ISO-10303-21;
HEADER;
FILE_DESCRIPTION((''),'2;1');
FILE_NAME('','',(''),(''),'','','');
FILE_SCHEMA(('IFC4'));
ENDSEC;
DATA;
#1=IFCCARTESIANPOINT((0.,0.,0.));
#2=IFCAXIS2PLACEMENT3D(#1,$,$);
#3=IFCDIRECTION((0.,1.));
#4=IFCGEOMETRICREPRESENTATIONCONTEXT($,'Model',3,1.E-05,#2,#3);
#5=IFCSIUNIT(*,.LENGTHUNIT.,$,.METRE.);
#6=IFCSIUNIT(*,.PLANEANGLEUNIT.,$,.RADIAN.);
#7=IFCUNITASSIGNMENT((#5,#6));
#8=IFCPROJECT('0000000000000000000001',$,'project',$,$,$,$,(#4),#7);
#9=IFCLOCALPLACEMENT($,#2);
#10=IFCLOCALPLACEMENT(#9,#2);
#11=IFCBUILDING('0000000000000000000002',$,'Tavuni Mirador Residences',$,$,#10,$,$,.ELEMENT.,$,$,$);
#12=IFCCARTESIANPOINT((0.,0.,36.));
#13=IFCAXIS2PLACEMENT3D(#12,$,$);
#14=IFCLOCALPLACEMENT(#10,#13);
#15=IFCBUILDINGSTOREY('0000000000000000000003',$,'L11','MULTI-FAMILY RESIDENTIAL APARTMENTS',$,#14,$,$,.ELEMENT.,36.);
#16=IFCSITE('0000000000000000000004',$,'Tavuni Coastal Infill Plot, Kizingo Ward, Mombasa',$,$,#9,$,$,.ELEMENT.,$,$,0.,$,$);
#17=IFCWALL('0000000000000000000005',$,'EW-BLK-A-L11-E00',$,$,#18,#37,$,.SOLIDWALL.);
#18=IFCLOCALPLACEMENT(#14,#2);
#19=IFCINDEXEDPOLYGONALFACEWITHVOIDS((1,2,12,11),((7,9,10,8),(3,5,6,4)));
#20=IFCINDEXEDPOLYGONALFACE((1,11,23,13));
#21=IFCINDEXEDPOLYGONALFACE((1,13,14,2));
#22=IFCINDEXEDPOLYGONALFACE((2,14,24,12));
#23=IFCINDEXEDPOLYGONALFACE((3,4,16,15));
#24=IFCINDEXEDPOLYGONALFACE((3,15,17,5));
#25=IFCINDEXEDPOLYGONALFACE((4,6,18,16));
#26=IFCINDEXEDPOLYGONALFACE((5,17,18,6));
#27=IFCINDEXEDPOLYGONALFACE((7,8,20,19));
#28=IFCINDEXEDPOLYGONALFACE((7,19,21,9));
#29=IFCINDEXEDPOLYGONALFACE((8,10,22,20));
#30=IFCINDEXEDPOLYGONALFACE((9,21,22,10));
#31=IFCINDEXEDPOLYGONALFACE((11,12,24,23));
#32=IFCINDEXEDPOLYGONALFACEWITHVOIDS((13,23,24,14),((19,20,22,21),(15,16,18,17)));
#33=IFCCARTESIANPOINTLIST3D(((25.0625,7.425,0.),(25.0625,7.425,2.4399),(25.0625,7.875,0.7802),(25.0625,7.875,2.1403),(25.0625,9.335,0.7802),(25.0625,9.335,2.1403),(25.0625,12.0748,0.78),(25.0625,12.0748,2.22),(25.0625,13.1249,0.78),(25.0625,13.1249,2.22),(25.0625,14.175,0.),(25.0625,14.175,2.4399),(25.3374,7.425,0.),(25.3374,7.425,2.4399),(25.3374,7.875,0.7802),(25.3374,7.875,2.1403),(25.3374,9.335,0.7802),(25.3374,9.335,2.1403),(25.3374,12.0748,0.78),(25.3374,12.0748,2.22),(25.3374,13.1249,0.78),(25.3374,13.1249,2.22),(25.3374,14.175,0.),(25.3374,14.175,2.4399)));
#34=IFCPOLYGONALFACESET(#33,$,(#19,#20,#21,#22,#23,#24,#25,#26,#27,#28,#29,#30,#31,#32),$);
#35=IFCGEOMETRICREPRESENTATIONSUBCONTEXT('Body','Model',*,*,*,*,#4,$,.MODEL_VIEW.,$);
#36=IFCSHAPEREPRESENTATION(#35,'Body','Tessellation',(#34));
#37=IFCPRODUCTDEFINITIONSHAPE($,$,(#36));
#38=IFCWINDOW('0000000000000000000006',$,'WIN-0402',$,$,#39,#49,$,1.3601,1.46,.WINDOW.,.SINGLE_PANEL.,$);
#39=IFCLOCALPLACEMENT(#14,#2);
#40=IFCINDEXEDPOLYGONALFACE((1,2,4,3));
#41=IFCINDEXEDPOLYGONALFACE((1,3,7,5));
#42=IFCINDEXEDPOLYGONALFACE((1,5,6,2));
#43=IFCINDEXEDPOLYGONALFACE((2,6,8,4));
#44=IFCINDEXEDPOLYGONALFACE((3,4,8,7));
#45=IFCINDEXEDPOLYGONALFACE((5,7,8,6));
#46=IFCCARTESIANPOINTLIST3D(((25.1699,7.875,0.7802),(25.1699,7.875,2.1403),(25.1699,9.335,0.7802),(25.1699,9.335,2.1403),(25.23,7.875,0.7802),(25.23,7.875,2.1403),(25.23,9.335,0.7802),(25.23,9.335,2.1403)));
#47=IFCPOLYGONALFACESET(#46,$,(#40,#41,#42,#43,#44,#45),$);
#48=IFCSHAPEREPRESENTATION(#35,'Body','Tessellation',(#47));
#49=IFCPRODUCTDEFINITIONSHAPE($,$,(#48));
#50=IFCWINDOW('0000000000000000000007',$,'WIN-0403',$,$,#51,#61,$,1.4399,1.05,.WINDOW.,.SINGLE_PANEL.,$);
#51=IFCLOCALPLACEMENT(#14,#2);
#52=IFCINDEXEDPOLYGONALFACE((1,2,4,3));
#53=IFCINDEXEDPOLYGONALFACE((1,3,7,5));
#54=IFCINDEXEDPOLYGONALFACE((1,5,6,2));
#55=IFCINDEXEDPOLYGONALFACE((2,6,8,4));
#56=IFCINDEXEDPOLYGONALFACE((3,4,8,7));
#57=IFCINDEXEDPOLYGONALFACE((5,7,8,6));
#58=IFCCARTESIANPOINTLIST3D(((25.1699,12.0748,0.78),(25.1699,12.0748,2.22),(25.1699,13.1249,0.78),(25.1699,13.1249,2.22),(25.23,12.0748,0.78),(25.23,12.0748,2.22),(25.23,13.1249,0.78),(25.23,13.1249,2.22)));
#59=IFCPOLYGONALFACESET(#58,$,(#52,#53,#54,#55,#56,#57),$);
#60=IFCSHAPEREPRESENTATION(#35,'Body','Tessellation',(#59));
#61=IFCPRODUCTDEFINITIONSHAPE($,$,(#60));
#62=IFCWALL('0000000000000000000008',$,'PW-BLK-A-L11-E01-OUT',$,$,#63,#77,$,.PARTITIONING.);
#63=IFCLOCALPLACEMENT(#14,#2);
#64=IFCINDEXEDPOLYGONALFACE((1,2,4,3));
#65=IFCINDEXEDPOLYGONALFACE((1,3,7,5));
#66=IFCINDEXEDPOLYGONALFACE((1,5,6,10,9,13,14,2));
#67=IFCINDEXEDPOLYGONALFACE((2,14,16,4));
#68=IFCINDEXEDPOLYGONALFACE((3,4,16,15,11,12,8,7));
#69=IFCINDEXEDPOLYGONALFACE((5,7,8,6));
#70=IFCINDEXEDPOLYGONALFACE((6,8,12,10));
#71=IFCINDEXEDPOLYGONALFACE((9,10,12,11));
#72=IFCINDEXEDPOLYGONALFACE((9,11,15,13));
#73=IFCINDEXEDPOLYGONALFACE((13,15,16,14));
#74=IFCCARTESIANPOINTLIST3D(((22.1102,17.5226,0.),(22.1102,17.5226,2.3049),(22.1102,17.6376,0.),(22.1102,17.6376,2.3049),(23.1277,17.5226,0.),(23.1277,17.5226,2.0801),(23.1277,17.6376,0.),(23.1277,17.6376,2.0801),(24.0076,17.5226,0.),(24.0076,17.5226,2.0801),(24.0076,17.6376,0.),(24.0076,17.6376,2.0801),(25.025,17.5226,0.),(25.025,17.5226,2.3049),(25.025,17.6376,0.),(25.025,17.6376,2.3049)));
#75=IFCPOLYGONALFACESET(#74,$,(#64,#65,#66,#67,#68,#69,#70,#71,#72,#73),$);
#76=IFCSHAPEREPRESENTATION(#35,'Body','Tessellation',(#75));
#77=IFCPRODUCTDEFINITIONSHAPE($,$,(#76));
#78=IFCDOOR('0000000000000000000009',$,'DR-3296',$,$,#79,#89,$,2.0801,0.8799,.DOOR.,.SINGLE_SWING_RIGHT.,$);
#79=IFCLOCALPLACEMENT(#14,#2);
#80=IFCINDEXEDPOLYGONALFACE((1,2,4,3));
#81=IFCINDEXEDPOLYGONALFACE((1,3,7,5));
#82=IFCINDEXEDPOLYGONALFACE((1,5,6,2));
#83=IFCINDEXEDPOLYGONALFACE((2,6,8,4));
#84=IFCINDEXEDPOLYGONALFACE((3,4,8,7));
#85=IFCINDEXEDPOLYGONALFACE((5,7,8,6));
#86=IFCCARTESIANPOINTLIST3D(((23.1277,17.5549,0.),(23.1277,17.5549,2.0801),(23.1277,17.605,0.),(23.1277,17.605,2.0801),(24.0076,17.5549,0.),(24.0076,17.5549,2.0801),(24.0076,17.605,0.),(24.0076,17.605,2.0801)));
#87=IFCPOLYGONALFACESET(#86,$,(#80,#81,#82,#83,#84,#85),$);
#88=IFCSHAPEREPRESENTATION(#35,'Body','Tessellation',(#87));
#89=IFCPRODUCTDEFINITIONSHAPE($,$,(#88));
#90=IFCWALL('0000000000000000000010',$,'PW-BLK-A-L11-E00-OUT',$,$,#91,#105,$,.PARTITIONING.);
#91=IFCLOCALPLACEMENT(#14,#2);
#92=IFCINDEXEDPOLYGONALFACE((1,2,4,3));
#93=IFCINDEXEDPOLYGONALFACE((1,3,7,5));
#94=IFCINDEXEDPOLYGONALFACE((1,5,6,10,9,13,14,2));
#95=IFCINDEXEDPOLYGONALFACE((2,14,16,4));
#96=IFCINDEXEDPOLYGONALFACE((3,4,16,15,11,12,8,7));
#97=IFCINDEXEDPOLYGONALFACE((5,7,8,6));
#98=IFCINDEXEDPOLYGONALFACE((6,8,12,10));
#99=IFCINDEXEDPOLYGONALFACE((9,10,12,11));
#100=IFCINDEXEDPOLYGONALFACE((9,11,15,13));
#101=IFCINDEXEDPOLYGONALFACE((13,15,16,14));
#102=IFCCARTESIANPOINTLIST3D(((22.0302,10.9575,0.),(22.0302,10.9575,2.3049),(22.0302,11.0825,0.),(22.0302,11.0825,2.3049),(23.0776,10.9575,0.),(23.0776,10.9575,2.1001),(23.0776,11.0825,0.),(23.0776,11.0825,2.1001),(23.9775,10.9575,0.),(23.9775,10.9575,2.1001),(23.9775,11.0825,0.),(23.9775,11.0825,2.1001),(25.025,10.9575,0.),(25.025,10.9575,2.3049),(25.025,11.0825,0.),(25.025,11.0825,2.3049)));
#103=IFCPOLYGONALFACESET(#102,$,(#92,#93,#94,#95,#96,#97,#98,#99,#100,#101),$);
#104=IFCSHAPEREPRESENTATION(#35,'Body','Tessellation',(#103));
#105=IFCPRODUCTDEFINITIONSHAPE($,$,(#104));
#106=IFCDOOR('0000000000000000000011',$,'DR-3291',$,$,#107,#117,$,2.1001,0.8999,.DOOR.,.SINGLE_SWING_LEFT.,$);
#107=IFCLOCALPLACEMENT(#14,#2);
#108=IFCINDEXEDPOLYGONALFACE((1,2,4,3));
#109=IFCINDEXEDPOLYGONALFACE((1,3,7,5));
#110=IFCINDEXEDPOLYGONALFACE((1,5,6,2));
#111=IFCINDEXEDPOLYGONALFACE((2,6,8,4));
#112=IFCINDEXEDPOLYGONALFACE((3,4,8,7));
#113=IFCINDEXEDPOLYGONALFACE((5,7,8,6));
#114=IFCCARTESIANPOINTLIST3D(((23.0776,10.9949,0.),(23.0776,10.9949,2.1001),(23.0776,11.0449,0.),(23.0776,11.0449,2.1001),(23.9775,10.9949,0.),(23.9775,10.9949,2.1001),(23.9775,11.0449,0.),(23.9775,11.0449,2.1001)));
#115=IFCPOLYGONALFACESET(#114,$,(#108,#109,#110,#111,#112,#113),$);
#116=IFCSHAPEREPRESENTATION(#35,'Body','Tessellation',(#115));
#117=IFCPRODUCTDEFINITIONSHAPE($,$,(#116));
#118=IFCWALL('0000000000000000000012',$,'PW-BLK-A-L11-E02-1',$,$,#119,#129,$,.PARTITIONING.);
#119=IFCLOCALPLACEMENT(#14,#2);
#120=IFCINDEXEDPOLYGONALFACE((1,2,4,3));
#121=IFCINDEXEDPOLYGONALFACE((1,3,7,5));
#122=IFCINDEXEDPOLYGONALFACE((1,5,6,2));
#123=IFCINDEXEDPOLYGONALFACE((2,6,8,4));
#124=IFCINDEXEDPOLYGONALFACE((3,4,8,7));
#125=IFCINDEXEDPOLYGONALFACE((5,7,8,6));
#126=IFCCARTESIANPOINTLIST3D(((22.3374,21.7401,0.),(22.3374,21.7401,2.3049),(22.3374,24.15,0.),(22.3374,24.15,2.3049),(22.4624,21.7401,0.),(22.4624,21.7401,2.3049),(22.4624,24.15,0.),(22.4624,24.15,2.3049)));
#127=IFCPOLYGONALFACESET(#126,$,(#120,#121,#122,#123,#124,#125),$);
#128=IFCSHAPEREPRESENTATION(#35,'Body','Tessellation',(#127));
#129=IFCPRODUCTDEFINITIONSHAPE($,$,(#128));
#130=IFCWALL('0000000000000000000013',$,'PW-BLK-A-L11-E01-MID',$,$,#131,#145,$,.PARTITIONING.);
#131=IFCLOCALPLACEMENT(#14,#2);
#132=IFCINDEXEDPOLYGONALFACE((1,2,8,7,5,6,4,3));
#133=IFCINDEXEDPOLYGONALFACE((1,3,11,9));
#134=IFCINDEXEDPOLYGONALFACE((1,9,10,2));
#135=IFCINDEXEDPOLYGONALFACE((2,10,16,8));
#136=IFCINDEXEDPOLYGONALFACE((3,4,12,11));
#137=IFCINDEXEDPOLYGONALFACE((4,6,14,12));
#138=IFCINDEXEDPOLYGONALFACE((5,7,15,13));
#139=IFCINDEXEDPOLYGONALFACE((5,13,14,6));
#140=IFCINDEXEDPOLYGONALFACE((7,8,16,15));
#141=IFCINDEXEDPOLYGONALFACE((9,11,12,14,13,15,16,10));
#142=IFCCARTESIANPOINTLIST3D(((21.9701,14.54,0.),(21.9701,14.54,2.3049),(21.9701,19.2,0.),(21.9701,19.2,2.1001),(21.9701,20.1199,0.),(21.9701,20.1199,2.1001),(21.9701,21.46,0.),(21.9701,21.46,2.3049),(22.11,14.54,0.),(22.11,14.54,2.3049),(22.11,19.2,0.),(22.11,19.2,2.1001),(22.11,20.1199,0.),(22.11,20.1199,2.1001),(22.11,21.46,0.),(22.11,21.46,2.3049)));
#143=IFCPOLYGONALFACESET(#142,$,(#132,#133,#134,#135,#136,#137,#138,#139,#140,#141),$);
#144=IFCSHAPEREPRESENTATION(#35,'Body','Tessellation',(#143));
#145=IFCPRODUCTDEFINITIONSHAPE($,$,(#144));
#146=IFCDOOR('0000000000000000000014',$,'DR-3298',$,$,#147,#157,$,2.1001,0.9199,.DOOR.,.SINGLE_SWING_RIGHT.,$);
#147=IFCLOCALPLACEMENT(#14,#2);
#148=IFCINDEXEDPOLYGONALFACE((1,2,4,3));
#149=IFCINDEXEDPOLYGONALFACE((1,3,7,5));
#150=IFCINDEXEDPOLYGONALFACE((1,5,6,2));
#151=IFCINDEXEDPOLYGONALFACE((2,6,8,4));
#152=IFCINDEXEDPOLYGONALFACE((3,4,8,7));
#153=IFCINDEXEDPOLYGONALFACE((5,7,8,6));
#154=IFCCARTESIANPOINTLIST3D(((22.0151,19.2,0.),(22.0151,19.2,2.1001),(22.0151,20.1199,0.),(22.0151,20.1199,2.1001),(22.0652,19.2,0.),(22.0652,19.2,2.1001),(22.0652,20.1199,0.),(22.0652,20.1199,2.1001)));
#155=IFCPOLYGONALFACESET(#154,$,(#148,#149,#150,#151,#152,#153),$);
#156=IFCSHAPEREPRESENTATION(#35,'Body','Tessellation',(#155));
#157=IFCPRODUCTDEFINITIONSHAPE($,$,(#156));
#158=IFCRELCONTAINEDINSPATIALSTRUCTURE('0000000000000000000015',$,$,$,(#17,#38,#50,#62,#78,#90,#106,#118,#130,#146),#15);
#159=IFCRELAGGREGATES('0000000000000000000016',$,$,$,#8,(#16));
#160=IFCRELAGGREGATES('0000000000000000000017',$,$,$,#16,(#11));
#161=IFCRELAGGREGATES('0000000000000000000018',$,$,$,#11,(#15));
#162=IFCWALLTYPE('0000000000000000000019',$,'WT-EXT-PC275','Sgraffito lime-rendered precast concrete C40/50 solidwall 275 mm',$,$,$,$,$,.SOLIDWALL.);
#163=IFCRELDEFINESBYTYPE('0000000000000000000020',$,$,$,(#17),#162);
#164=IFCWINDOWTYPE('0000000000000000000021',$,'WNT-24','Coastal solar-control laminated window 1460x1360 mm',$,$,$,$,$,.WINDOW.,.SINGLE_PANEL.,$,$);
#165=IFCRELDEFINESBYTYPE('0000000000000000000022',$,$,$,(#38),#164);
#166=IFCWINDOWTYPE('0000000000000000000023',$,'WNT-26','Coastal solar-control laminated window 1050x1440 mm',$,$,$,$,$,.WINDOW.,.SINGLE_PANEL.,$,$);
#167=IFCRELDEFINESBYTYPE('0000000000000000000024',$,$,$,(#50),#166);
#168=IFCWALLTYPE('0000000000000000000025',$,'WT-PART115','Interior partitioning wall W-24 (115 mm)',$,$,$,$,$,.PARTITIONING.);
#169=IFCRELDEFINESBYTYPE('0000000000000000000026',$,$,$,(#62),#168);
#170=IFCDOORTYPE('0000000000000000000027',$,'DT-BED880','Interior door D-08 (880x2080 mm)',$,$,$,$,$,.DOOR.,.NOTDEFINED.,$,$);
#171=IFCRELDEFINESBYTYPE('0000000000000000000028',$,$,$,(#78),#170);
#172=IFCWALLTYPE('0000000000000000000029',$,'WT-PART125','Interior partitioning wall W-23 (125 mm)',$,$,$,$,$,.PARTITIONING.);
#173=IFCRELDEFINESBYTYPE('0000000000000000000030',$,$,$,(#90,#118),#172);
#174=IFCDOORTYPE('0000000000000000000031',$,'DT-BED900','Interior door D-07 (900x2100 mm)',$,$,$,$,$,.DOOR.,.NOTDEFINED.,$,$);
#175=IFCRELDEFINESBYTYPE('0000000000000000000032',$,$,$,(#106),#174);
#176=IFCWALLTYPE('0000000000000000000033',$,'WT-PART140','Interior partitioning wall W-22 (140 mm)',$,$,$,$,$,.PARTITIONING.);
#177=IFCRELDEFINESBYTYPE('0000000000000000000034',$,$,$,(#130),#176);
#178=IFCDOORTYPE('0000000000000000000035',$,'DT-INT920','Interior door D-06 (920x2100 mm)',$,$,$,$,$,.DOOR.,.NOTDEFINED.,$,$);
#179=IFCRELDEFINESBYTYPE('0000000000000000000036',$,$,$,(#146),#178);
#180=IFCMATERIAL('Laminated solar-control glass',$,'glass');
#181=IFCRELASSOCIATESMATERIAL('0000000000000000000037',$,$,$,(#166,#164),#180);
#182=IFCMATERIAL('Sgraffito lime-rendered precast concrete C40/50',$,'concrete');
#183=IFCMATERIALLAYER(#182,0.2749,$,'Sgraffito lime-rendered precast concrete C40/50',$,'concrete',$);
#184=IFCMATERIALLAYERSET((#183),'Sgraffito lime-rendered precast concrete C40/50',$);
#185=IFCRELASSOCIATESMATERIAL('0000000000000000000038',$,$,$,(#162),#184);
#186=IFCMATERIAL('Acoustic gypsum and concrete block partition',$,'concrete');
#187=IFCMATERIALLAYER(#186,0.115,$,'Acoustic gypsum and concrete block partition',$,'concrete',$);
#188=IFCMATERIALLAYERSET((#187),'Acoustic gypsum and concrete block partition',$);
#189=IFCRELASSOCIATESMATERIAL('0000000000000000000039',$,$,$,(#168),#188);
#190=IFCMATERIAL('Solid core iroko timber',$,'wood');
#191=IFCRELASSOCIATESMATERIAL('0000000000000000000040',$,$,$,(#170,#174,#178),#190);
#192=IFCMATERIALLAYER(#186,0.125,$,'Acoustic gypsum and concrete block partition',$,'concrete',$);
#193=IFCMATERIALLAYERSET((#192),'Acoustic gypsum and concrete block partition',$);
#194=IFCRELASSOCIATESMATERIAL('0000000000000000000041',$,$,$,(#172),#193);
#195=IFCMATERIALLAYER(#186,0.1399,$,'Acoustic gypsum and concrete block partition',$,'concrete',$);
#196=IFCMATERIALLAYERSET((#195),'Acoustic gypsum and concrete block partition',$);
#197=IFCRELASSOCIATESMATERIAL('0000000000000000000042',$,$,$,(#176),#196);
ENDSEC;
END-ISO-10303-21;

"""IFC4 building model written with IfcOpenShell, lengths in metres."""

from ifc_helpers import new_model, si_unit, direction, frame, frame_2d, origin, place, context, subcontext, project, spatial, rectangle, extrude, material, layer, layer_set, type_object, element, fill, save


model = new_model("IFC4")

# Units and contexts
model_context = context("Model", 3, precision=1e-05, world=origin(), true_north=direction((0.0, 1.0)))
body_context = subcontext(model_context, "Body", "Model", "MODEL_VIEW")
ifc_project = project(units=[si_unit("LENGTHUNIT", "METRE"), si_unit("PLANEANGLEUNIT", "RADIAN")], contexts=[model_context])

# Site, building, storey
site_placement = place(None, origin())
site = spatial("IfcSite", under=ifc_project, at=site_placement, Name="Tavuni Coastal Infill Plot, Kizingo Ward, Mombasa", CompositionType="ELEMENT", RefElevation=0.0)
building_placement = place(site_placement, origin())
building = spatial("IfcBuilding", under=site, at=building_placement, Name="Tavuni Mirador Residences", CompositionType="ELEMENT")
storey_placement = place(building_placement, frame((0.0, 0.0, 36.0)))
storey = spatial("IfcBuildingStorey", under=building, at=storey_placement, Name="L11", Description="MULTI-FAMILY RESIDENTIAL APARTMENTS", CompositionType="ELEMENT", Elevation=36.0)

# Shared definitions
ifc_material_1 = material(Name="Sgraffito lime-rendered precast concrete C40/50", Category="concrete")
ifc_material_2 = material(Name="Laminated solar-control glass", Category="glass")

# Wall, openings, windows
window_type_1 = type_object("IfcWindowType", Name="WNT-26", Description="Coastal solar-control laminated window 1050x1440 mm", PartitioningType="SINGLE_PANEL", PredefinedType="WINDOW", material=ifc_material_2)
ifc_layer_1 = layer(ifc_material_1, 0.2749, Name="Sgraffito lime-rendered precast concrete C40/50", Category="concrete")
ifc_layer_set_1 = layer_set([ifc_layer_1], Name="Sgraffito lime-rendered precast concrete C40/50")
wall_type_1 = type_object("IfcWallType", Name="WT-EXT-PC275", Description="Sgraffito lime-rendered precast concrete C40/50 solidwall 275 mm", PredefinedType="SOLIDWALL", material=ifc_layer_set_1)
wall_1_placement = place(storey_placement, frame((25.2, 7.425, 0.0), z_axis=(0.0, 0.0, 1.0), x_axis=(0.0, 1.0, 0.0)))
wall_1 = element("IfcWall", 1, at=wall_1_placement, inside=storey, type_object=wall_type_1, Name="EW-BLK-A-L11-E00", PredefinedType="SOLIDWALL", context=body_context, shape_type="SweptSolid", body=[
    extrude(rectangle(XDim=6.75, YDim=0.2749, at=frame_2d((3.375, 0.0))), origin(), (0.0, 0.0, 1.0), 2.4399),
])
opening_1_placement = place(wall_1_placement, frame((0.45, 0.0, 0.78)))
opening_1 = element("IfcOpeningElement", 2, at=opening_1_placement, cuts=wall_1, PredefinedType="OPENING", context=body_context, shape_type="SweptSolid", body=[
    extrude(rectangle(XDim=1.46, YDim=1.3601, at=frame_2d((0.73, 0.6802))), frame((0.0, 0.1475, 0.0), z_axis=(0.0, -1.0, 0.0), x_axis=(1.0, 0.0, 0.0)), (0.0, 0.0, 1.0), 0.2949),
])
opening_2_placement = place(wall_1_placement, frame((4.6499, 0.0, 0.78)))
opening_2 = element("IfcOpeningElement", 3, at=opening_2_placement, cuts=wall_1, PredefinedType="OPENING", context=body_context, shape_type="SweptSolid", body=[
    extrude(rectangle(XDim=1.05, YDim=1.4399, at=frame_2d((0.5249, 0.72))), frame((0.0, 0.1475, 0.0), z_axis=(0.0, -1.0, 0.0), x_axis=(1.0, 0.0, 0.0)), (0.0, 0.0, 1.0), 0.2949),
])
window_type_2 = type_object("IfcWindowType", Name="WNT-24", Description="Coastal solar-control laminated window 1460x1360 mm", PartitioningType="SINGLE_PANEL", PredefinedType="WINDOW", material=ifc_material_2)
window_1_placement = place(opening_1_placement, origin())
window_1 = element("IfcWindow", 4, at=window_1_placement, inside=storey, type_object=window_type_2, Name="WIN-0402", OverallHeight=1.3601, OverallWidth=1.46, PartitioningType="SINGLE_PANEL", PredefinedType="WINDOW", context=body_context, shape_type="SweptSolid", body=[
    extrude(rectangle(XDim=1.46, YDim=1.3601, at=frame_2d((0.73, 0.6802))), frame((0.0, 0.03, 0.0), z_axis=(0.0, -1.0, 0.0), x_axis=(1.0, 0.0, 0.0)), (0.0, 0.0, 1.0), 0.0601),
])
fill(opening_1, window_1)
window_2_placement = place(opening_2_placement, origin())
window_2 = element("IfcWindow", 5, at=window_2_placement, inside=storey, type_object=window_type_1, Name="WIN-0403", OverallHeight=1.4399, OverallWidth=1.05, PartitioningType="SINGLE_PANEL", PredefinedType="WINDOW", context=body_context, shape_type="SweptSolid", body=[
    extrude(rectangle(XDim=1.05, YDim=1.4399, at=frame_2d((0.5249, 0.72))), frame((0.0, 0.03, 0.0), z_axis=(0.0, -1.0, 0.0), x_axis=(1.0, 0.0, 0.0)), (0.0, 0.0, 1.0), 0.0601),
])
fill(opening_2, window_2)

# Walls, openings, doors
ifc_material_3 = material(Name="Acoustic gypsum and concrete block partition", Category="concrete")
ifc_layer_2 = layer(ifc_material_3, 0.115, Name="Acoustic gypsum and concrete block partition", Category="concrete")
ifc_layer_set_2 = layer_set([ifc_layer_2], Name="Acoustic gypsum and concrete block partition")
wall_type_2 = type_object("IfcWallType", Name="WT-PART115", Description="Interior partitioning wall W-24 (115 mm)", PredefinedType="PARTITIONING", material=ifc_layer_set_2)
wall_2_placement = place(storey_placement, frame((22.1101, 17.5801, 0.0), z_axis=(0.0, 0.0, 1.0), x_axis=(1.0, 0.0, 0.0)))
wall_2 = element("IfcWall", 6, at=wall_2_placement, inside=storey, type_object=wall_type_2, Name="PW-BLK-A-L11-E01-OUT", PredefinedType="PARTITIONING", context=body_context, shape_type="SweptSolid", body=[
    extrude(rectangle(XDim=2.9148, YDim=0.115, at=frame_2d((1.4575, 0.0))), origin(), (0.0, 0.0, 1.0), 2.3049),
])
opening_3_placement = place(wall_2_placement, frame((1.0176, 0.0, 0.0)))
opening_3 = element("IfcOpeningElement", 7, at=opening_3_placement, cuts=wall_2, PredefinedType="OPENING", context=body_context, shape_type="SweptSolid", body=[
    extrude(rectangle(XDim=0.8799, YDim=2.0801, at=frame_2d((0.4399, 1.04))), frame((0.0, 0.0674, 0.0), z_axis=(0.0, -1.0, 0.0), x_axis=(1.0, 0.0, 0.0)), (0.0, 0.0, 1.0), 0.135),
])
ifc_material_4 = material(Name="Solid core iroko timber", Category="wood")
door_type_1 = type_object("IfcDoorType", Name="DT-BED880", Description="Interior door D-08 (880x2080 mm)", OperationType="NOTDEFINED", PredefinedType="DOOR", material=ifc_material_4)
door_1_placement = place(opening_3_placement, origin())
door_1 = element("IfcDoor", 8, at=door_1_placement, inside=storey, type_object=door_type_1, Name="DR-3296", OperationType="SINGLE_SWING_RIGHT", OverallHeight=2.0801, OverallWidth=0.8799, PredefinedType="DOOR", context=body_context, shape_type="SweptSolid", body=[
    extrude(rectangle(XDim=0.8799, YDim=2.0801, at=frame_2d((0.4399, 1.04))), frame((0.0, 0.0249, 0.0), z_axis=(0.0, -1.0, 0.0), x_axis=(1.0, 0.0, 0.0)), (0.0, 0.0, 1.0), 0.05),
])
fill(opening_3, door_1)
ifc_layer_3 = layer(ifc_material_3, 0.125, Name="Acoustic gypsum and concrete block partition", Category="concrete")
ifc_layer_set_3 = layer_set([ifc_layer_3], Name="Acoustic gypsum and concrete block partition")
wall_type_3 = type_object("IfcWallType", Name="WT-PART125", Description="Interior partitioning wall W-23 (125 mm)", PredefinedType="PARTITIONING", material=ifc_layer_set_3)
wall_3_placement = place(storey_placement, frame((22.03, 11.02, 0.0), z_axis=(0.0, 0.0, 1.0), x_axis=(1.0, 0.0, 0.0)))
wall_3 = element("IfcWall", 9, at=wall_3_placement, inside=storey, type_object=wall_type_3, Name="PW-BLK-A-L11-E00-OUT", PredefinedType="PARTITIONING", context=body_context, shape_type="SweptSolid", body=[
    extrude(rectangle(XDim=2.9949, YDim=0.125, at=frame_2d((1.4976, 0.0))), origin(), (0.0, 0.0, 1.0), 2.3049),
])
opening_4_placement = place(wall_3_placement, frame((1.0476, 0.0, 0.0)))
opening_4 = element("IfcOpeningElement", 10, at=opening_4_placement, cuts=wall_3, PredefinedType="OPENING", context=body_context, shape_type="SweptSolid", body=[
    extrude(rectangle(XDim=0.8999, YDim=2.1001, at=frame_2d((0.45, 1.05))), frame((0.0, 0.0725, 0.0), z_axis=(0.0, -1.0, 0.0), x_axis=(1.0, 0.0, 0.0)), (0.0, 0.0, 1.0), 0.145),
])
door_type_2 = type_object("IfcDoorType", Name="DT-BED900", Description="Interior door D-07 (900x2100 mm)", OperationType="NOTDEFINED", PredefinedType="DOOR", material=ifc_material_4)
door_2_placement = place(opening_4_placement, origin())
door_2 = element("IfcDoor", 11, at=door_2_placement, inside=storey, type_object=door_type_2, Name="DR-3291", OperationType="SINGLE_SWING_LEFT", OverallHeight=2.1001, OverallWidth=0.8999, PredefinedType="DOOR", context=body_context, shape_type="SweptSolid", body=[
    extrude(rectangle(XDim=0.8999, YDim=2.1001, at=frame_2d((0.45, 1.05))), frame((0.0, 0.0249, 0.0), z_axis=(0.0, -1.0, 0.0), x_axis=(1.0, 0.0, 0.0)), (0.0, 0.0, 1.0), 0.05),
])
fill(opening_4, door_2)

# Wall
wall_4_placement = place(storey_placement, frame((22.3999, 21.74, 0.0), z_axis=(0.0, 0.0, 1.0), x_axis=(0.0, 1.0, 0.0)))
element("IfcWall", 12, at=wall_4_placement, inside=storey, type_object=wall_type_3, Name="PW-BLK-A-L11-E02-1", PredefinedType="PARTITIONING", context=body_context, shape_type="SweptSolid", body=[
    extrude(rectangle(XDim=2.4099, YDim=0.125, at=frame_2d((1.2051, 0.0))), origin(), (0.0, 0.0, 1.0), 2.3049),
])

# Wall, opening, door
ifc_layer_4 = layer(ifc_material_3, 0.1399, Name="Acoustic gypsum and concrete block partition", Category="concrete")
ifc_layer_set_4 = layer_set([ifc_layer_4], Name="Acoustic gypsum and concrete block partition")
wall_type_4 = type_object("IfcWallType", Name="WT-PART140", Description="Interior partitioning wall W-22 (140 mm)", PredefinedType="PARTITIONING", material=ifc_layer_set_4)
wall_5_placement = place(storey_placement, frame((22.04, 14.54, 0.0), z_axis=(0.0, 0.0, 1.0), x_axis=(0.0, 1.0, 0.0)))
wall_5 = element("IfcWall", 13, at=wall_5_placement, inside=storey, type_object=wall_type_4, Name="PW-BLK-A-L11-E01-MID", PredefinedType="PARTITIONING", context=body_context, shape_type="SweptSolid", body=[
    extrude(rectangle(XDim=6.9199, YDim=0.1399, at=frame_2d((3.46, 0.0))), origin(), (0.0, 0.0, 1.0), 2.3049),
])
opening_5_placement = place(wall_5_placement, frame((4.6599, 0.0, 0.0)))
opening_5 = element("IfcOpeningElement", 14, at=opening_5_placement, cuts=wall_5, PredefinedType="OPENING", context=body_context, shape_type="SweptSolid", body=[
    extrude(rectangle(XDim=0.9199, YDim=2.1001, at=frame_2d((0.46, 1.05))), frame((0.0, 0.0801, 0.0), z_axis=(0.0, -1.0, 0.0), x_axis=(1.0, 0.0, 0.0)), (0.0, 0.0, 1.0), 0.1599),
])
door_type_3 = type_object("IfcDoorType", Name="DT-INT920", Description="Interior door D-06 (920x2100 mm)", OperationType="NOTDEFINED", PredefinedType="DOOR", material=ifc_material_4)
door_3_placement = place(opening_5_placement, origin())
door_3 = element("IfcDoor", 15, at=door_3_placement, inside=storey, type_object=door_type_3, Name="DR-3298", OperationType="SINGLE_SWING_RIGHT", OverallHeight=2.1001, OverallWidth=0.9199, PredefinedType="DOOR", context=body_context, shape_type="SweptSolid", body=[
    extrude(rectangle(XDim=0.9199, YDim=2.1001, at=frame_2d((0.46, 1.05))), frame((0.0, 0.0249, 0.0), z_axis=(0.0, -1.0, 0.0), x_axis=(1.0, 0.0, 0.0)), (0.0, 0.0, 1.0), 0.05),
])
fill(opening_5, door_3)

save(model, "model.ifc")
